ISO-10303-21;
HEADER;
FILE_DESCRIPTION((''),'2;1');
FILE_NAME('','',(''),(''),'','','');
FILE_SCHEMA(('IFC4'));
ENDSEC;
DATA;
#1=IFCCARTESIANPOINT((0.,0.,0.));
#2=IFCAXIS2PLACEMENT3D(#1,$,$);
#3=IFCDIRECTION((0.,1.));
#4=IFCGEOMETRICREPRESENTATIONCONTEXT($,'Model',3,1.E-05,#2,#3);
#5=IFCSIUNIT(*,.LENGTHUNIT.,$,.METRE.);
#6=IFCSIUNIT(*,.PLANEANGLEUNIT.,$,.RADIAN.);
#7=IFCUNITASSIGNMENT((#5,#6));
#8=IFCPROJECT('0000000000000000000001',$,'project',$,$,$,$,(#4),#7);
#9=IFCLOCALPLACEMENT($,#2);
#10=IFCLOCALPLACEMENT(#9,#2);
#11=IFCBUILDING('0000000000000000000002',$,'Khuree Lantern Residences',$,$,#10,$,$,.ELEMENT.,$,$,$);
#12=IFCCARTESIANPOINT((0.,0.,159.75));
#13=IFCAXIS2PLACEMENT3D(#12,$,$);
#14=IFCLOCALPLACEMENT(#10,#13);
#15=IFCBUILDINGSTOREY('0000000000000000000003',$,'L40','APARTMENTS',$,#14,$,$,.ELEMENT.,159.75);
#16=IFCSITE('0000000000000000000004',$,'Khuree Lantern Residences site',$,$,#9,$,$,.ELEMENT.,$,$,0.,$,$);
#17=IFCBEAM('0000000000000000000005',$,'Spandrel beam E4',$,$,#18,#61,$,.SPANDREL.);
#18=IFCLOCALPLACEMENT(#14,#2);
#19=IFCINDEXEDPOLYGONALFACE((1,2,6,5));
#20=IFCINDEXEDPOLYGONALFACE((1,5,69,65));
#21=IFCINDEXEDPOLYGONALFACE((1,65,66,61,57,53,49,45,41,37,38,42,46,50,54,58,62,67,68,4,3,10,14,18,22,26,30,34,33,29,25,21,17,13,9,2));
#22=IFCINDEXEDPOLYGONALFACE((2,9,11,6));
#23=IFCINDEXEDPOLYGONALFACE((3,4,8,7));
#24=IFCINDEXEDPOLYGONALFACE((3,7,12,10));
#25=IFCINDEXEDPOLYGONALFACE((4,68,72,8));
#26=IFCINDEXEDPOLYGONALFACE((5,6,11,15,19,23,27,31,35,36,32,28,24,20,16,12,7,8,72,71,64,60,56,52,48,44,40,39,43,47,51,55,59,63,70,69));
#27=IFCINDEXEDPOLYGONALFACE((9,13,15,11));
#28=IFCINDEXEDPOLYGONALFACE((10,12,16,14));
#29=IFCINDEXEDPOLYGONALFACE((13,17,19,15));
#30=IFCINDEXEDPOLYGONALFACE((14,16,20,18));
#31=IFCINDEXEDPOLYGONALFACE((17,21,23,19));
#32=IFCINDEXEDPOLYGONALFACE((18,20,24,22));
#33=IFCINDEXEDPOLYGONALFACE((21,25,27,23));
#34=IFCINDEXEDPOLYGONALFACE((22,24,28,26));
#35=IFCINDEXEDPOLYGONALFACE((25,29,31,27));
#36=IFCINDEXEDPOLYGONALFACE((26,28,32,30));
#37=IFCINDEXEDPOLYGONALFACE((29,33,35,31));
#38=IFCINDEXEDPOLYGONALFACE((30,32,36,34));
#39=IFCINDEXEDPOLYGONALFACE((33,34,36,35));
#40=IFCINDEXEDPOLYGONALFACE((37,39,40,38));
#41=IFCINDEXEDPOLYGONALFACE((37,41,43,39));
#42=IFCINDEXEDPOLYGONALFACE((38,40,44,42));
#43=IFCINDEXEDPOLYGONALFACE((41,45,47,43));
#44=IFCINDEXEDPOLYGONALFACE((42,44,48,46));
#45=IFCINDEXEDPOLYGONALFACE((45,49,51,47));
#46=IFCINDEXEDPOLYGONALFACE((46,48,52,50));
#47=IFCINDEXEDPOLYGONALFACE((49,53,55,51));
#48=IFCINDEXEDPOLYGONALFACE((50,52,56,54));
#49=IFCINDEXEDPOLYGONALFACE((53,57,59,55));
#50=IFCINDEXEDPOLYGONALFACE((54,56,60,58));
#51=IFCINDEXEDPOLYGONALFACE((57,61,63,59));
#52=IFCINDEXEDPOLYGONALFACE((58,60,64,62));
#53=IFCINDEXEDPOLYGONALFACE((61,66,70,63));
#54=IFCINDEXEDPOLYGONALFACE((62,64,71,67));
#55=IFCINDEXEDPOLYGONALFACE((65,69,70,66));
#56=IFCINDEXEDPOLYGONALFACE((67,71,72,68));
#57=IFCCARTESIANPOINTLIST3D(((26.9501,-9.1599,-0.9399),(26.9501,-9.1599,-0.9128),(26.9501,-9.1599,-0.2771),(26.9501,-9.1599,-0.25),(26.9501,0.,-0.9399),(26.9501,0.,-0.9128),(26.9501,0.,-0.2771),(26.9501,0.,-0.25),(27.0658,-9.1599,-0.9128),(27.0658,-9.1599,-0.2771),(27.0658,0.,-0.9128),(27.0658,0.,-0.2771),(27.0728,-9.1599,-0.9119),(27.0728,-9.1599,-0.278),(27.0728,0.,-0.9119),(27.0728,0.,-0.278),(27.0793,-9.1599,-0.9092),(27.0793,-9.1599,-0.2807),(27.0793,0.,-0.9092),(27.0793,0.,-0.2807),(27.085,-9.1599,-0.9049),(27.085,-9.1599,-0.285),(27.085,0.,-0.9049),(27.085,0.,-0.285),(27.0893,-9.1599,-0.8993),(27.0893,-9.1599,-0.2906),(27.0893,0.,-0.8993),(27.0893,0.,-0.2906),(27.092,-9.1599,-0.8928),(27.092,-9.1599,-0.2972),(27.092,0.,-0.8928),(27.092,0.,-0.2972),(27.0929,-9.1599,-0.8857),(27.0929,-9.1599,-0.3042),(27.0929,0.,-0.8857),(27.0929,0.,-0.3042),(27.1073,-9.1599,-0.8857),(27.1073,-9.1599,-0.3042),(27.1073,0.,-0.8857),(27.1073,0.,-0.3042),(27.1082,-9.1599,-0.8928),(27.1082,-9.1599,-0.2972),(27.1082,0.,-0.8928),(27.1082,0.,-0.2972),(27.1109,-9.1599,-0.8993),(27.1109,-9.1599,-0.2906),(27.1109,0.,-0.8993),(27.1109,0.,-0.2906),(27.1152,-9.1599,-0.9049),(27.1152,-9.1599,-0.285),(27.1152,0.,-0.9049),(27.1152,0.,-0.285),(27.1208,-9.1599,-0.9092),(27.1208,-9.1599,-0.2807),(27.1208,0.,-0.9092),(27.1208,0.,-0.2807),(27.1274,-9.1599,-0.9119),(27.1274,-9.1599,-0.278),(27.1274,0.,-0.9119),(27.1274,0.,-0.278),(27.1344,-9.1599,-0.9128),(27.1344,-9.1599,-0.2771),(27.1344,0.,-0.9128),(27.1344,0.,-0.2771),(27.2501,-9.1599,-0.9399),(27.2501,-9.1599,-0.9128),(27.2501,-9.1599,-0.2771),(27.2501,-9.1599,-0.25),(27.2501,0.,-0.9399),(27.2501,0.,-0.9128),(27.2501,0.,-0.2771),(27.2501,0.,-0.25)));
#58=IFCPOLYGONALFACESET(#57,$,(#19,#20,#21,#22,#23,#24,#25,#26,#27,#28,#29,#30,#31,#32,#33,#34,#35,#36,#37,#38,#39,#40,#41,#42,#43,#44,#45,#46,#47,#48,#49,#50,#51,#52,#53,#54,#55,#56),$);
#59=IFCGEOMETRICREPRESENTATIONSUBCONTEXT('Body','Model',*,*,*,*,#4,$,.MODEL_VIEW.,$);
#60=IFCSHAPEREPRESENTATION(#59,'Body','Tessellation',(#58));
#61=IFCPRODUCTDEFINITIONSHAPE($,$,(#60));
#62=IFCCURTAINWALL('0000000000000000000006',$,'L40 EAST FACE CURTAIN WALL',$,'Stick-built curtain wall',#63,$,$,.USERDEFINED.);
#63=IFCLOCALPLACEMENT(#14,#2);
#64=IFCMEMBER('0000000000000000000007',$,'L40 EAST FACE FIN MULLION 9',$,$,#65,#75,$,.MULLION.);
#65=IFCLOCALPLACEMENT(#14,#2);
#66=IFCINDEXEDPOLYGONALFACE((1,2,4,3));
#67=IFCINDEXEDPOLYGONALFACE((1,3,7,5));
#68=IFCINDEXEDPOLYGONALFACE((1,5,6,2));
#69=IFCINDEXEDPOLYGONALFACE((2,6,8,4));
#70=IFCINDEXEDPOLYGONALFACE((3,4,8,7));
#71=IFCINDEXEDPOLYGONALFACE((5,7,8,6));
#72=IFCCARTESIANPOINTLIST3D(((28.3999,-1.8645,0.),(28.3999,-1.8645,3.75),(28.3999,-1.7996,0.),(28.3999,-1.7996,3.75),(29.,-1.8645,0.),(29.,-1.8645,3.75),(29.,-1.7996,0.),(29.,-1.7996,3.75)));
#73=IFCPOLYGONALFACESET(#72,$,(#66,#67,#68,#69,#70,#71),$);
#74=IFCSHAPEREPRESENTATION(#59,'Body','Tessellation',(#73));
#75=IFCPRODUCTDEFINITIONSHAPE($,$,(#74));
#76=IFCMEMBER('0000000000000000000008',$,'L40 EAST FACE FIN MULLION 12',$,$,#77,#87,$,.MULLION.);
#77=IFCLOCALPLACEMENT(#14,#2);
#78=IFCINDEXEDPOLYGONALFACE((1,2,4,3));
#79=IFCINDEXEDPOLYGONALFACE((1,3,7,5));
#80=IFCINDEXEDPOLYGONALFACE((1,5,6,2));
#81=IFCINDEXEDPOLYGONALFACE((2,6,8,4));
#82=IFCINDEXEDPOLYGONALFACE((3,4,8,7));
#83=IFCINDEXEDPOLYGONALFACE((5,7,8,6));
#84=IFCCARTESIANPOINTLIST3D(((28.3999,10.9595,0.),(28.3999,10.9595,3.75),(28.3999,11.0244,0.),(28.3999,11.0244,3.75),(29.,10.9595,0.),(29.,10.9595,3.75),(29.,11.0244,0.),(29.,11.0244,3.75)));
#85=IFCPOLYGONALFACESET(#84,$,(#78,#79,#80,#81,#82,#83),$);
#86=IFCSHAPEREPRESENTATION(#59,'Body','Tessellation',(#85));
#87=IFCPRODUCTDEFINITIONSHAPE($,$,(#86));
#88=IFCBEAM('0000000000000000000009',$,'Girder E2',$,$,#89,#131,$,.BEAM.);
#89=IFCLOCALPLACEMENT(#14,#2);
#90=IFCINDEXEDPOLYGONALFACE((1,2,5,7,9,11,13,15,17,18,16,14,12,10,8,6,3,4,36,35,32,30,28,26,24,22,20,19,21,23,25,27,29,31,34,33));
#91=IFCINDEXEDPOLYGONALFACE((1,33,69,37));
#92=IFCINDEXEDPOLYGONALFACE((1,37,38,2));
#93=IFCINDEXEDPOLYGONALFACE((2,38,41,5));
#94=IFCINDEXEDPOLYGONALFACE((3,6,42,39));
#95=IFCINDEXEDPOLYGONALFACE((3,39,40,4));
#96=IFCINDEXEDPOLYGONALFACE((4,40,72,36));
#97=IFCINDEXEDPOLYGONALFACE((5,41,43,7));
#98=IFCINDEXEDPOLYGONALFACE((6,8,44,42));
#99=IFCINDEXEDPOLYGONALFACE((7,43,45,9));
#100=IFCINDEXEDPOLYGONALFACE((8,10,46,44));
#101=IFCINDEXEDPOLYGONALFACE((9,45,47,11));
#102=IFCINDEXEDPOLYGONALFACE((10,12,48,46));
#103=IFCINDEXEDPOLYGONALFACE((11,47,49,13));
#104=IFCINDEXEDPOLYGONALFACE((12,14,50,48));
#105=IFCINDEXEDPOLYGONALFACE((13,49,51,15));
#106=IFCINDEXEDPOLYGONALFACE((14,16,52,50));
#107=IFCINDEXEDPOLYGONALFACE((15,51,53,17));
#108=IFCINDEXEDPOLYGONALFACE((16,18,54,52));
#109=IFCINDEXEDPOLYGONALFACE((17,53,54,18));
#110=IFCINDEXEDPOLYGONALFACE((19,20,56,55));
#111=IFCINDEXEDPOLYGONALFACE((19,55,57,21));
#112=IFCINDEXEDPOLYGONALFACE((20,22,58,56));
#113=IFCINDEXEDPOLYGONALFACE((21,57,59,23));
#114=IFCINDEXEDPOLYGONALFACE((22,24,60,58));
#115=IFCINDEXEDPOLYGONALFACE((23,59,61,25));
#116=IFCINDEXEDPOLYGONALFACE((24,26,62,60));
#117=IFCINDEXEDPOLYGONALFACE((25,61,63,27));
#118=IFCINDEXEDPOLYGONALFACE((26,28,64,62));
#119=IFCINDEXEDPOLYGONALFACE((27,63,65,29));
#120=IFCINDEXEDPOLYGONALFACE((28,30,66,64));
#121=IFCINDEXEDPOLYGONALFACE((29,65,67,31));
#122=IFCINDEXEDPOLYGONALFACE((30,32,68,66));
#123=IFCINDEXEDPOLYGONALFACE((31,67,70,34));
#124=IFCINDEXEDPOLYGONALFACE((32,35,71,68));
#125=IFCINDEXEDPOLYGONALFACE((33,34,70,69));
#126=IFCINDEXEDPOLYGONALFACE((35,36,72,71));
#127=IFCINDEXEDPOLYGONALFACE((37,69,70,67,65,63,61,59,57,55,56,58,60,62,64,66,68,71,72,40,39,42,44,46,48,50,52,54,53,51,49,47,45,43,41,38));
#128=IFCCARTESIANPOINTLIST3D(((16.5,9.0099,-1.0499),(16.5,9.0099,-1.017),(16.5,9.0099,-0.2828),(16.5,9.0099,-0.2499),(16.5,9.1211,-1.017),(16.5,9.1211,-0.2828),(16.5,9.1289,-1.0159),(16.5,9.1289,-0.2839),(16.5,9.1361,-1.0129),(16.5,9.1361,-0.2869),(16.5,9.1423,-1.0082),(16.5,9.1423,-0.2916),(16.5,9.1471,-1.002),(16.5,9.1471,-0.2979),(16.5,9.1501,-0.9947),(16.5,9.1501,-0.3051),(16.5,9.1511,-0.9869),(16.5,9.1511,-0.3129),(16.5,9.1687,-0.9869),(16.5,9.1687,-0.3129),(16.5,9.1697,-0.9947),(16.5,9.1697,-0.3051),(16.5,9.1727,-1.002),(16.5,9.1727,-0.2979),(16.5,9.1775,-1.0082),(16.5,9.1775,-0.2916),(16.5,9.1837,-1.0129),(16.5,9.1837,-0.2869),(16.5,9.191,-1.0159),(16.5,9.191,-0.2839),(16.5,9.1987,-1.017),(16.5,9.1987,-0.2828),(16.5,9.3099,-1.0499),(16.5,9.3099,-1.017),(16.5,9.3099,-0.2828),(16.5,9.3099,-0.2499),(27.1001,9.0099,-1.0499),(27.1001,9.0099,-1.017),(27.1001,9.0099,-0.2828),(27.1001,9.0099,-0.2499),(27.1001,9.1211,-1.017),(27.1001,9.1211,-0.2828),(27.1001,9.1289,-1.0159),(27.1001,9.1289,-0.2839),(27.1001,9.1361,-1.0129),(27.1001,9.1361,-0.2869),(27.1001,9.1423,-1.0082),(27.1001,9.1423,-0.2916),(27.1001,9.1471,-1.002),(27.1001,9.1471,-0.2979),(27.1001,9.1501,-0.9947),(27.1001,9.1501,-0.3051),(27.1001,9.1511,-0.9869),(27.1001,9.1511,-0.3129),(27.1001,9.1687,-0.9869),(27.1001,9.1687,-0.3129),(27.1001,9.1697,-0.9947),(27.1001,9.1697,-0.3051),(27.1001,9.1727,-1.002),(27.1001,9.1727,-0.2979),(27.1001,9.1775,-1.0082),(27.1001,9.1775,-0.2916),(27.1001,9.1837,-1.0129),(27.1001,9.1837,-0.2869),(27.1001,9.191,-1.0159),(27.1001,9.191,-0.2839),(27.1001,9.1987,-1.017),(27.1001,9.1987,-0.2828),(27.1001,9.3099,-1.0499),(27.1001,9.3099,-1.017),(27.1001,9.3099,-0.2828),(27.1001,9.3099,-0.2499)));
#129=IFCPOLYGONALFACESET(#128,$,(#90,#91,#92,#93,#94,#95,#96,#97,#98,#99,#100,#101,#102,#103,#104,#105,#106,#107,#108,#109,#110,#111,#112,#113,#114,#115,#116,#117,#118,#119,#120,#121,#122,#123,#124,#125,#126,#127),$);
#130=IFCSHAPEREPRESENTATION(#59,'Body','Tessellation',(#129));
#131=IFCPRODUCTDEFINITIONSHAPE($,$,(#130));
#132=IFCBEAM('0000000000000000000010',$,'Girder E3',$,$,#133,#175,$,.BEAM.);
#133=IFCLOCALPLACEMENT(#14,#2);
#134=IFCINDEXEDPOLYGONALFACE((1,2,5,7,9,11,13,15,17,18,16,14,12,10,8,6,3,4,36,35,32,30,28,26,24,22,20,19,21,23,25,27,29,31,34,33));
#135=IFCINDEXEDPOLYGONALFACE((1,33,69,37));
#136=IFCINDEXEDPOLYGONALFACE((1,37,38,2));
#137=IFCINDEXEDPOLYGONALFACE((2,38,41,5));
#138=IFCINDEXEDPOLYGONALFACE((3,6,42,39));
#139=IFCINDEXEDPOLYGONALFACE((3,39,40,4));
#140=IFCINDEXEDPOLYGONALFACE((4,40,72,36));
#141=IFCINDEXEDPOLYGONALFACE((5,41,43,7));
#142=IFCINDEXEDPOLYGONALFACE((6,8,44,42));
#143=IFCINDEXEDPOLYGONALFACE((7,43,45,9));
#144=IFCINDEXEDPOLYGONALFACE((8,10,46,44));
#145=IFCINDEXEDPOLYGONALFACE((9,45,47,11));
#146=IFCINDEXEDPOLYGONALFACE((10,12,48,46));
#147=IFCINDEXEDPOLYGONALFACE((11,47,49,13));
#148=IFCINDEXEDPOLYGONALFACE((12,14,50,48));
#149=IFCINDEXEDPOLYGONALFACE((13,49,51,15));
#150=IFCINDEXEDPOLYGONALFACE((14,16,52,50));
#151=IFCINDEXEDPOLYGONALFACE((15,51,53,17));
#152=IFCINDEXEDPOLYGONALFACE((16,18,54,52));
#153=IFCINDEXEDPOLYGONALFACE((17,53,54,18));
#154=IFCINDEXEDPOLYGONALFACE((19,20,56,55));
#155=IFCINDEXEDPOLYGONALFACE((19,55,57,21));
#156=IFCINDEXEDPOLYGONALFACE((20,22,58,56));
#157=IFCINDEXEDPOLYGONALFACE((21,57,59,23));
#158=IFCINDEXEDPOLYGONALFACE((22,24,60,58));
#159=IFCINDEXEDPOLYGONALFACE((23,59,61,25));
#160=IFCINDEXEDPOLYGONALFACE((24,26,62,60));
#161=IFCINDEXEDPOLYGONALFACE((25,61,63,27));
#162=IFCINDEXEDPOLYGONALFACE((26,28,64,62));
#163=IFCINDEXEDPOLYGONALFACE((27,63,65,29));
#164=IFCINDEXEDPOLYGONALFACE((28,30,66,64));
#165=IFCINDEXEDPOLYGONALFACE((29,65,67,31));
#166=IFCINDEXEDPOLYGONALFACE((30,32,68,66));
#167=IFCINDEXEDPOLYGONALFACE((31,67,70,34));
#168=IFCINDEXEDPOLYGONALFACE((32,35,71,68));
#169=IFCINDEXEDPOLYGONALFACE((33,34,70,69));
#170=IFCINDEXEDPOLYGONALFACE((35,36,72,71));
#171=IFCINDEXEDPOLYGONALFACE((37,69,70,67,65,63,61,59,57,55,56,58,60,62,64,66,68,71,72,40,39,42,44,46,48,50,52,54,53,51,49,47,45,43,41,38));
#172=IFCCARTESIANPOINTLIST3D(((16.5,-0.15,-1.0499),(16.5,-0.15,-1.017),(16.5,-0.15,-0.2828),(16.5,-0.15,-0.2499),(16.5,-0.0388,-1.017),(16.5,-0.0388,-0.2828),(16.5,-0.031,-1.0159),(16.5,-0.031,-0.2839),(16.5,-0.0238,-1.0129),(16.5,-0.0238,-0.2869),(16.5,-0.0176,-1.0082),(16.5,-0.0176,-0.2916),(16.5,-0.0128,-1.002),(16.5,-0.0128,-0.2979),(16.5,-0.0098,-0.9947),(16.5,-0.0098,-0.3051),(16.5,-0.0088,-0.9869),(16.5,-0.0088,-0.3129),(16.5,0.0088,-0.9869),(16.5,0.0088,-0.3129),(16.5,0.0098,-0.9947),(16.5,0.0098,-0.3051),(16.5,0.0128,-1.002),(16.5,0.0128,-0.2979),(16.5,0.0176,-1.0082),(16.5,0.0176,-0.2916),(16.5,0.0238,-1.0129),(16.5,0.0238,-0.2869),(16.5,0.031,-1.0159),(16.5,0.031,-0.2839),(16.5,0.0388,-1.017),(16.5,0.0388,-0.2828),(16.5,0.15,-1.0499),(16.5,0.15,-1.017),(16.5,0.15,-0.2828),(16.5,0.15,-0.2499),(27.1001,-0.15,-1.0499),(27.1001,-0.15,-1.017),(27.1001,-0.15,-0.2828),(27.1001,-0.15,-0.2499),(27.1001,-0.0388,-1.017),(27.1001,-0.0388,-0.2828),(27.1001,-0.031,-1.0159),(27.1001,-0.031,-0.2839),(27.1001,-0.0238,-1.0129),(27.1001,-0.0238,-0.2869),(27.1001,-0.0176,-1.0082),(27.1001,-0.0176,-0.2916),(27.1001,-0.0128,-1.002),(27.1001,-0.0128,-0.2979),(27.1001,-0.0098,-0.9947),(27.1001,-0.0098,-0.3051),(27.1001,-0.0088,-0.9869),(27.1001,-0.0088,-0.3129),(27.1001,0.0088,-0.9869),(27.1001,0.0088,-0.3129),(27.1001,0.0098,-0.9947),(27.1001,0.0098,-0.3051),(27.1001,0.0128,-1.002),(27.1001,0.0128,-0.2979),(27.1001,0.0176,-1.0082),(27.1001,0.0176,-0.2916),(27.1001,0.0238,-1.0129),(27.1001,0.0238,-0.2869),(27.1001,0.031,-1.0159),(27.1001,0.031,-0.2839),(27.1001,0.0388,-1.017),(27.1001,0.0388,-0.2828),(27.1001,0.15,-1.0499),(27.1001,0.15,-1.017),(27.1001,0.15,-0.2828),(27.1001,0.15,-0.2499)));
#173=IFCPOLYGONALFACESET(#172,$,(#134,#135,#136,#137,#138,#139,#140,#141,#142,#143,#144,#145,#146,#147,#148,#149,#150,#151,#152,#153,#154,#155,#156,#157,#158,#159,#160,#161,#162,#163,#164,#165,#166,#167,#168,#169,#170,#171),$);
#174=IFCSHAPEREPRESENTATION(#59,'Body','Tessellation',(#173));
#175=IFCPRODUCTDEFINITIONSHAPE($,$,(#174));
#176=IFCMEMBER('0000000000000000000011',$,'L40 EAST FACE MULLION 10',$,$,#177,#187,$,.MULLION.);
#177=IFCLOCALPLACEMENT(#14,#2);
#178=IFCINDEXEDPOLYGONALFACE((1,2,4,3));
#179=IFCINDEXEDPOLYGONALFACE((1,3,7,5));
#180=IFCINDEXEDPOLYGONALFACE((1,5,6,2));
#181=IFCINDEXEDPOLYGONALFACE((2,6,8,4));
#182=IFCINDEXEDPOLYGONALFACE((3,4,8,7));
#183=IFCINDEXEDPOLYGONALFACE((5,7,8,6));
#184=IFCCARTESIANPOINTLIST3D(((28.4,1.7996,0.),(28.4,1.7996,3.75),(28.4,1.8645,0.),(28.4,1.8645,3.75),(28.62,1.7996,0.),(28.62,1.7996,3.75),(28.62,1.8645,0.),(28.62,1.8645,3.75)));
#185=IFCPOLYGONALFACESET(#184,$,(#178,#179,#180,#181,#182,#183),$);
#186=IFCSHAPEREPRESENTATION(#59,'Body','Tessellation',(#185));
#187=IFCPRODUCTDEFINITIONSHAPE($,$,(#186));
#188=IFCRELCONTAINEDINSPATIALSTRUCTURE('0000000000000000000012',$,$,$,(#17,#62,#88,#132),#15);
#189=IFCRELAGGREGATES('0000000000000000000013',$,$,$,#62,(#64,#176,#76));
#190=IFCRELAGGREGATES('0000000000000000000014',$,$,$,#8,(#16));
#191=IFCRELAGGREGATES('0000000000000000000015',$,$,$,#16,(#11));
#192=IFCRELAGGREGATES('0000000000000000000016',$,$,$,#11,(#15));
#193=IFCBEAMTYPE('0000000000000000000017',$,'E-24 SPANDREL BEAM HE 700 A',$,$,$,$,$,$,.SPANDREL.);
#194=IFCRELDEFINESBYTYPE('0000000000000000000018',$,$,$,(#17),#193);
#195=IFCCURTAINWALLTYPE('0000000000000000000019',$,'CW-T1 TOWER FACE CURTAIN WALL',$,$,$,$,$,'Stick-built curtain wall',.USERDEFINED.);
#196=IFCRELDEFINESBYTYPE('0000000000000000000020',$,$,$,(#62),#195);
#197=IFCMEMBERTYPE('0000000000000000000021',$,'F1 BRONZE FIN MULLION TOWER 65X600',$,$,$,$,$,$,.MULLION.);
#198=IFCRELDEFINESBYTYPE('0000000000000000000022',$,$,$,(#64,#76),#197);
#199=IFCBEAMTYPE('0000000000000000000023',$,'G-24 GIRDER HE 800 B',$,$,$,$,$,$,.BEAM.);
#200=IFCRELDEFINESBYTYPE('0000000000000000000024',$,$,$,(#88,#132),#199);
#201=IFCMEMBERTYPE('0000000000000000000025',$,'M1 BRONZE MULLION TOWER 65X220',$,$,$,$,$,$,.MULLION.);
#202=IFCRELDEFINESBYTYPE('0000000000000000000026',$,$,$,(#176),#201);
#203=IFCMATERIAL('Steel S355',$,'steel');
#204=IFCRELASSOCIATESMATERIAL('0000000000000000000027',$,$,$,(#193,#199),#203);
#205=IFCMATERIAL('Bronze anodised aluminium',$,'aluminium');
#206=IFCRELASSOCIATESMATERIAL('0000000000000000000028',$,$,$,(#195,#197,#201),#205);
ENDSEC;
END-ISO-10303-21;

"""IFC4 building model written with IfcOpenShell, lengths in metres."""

from ifc_helpers import new_model, si_unit, direction, frame, origin, origin_2d, place, context, subcontext, project, spatial, rectangle, i_section, extrude, material, material_profile, profile_set, type_object, element, aggregate, save


model = new_model("IFC4")

# Units and contexts
model_context = context("Model", 3, precision=1e-05, world=origin(), true_north=direction((0.0, 1.0)))
body_context = subcontext(model_context, "Body", "Model", "MODEL_VIEW")
ifc_project = project(units=[si_unit("LENGTHUNIT", "METRE"), si_unit("PLANEANGLEUNIT", "RADIAN")], contexts=[model_context])

# Site, building, storey
site_placement = place(None, origin())
site = spatial("IfcSite", under=ifc_project, at=site_placement, Name="Khuree Lantern Residences site", CompositionType="ELEMENT", RefElevation=0.0)
building_placement = place(site_placement, origin())
building = spatial("IfcBuilding", under=site, at=building_placement, Name="Khuree Lantern Residences", CompositionType="ELEMENT")
storey_placement = place(building_placement, frame((0.0, 0.0, 159.75)))
storey = spatial("IfcBuildingStorey", under=building, at=storey_placement, Name="L40", Description="APARTMENTS", CompositionType="ELEMENT", Elevation=159.75)

# Beam
ifc_material_1 = material(Name="Steel S355", Category="steel")
ifc_material_profile_1 = material_profile(ifc_material_1, i_section(OverallWidth=0.3, OverallDepth=0.6899, WebThickness=0.0144, FlangeThickness=0.0271, FilletRadius=0.0271, at=origin_2d()), Name="HE 700 A")
ifc_profile_set_1 = profile_set([ifc_material_profile_1], Name="Steel S355")
beam_type_1 = type_object("IfcBeamType", Name="E-24 SPANDREL BEAM HE 700 A", PredefinedType="SPANDREL", material=ifc_profile_set_1)
for number, where, z_axis, x_axis, name in (
    (1, (27.1001, 0.0, -0.595), (0.0, -1.0, 0.0), (1.0, 0.0, 0.0), "Spandrel beam E4"),
):
    element("IfcBeam", number, at=place(storey_placement, frame(where, z_axis=z_axis, x_axis=x_axis)), inside=storey, type_object=beam_type_1, Name=name, PredefinedType="SPANDREL", context=body_context, shape_type="SweptSolid", body=[
        extrude(i_section(OverallWidth=0.3, OverallDepth=0.6899, WebThickness=0.0144, FlangeThickness=0.0271, FilletRadius=0.0271, at=origin_2d()), origin(), (0.0, 0.0, 1.0), 9.1599),
    ])

# Curtain wall, members
ifc_material_2 = material(Name="Bronze anodised aluminium", Category="aluminium")
curtain_wall_type = type_object("IfcCurtainWallType", Name="CW-T1 TOWER FACE CURTAIN WALL", ElementType="Stick-built curtain wall", PredefinedType="USERDEFINED", material=ifc_material_2)
curtain_wall_placement = place(storey_placement, origin())
curtain_wall = element("IfcCurtainWall", 2, at=curtain_wall_placement, inside=storey, type_object=curtain_wall_type, Name="L40 EAST FACE CURTAIN WALL", ObjectType="Stick-built curtain wall", PredefinedType="USERDEFINED")
ifc_material_profile_2 = material_profile(ifc_material_2, rectangle(XDim=0.0649, YDim=0.6001, at=origin_2d()), Name="F1 65X600")
ifc_profile_set_2 = profile_set([ifc_material_profile_2], Name="Bronze anodised aluminium")
member_type_1 = type_object("IfcMemberType", Name="F1 BRONZE FIN MULLION TOWER 65X600", PredefinedType="MULLION", material=ifc_profile_set_2)
member_1_placement = place(storey_placement, frame((28.7, -1.832, 0.0), z_axis=(0.0, 0.0, 1.0), x_axis=(0.0, 1.0, 0.0)))
member_1 = element("IfcMember", 3, at=member_1_placement, type_object=member_type_1, Name="L40 EAST FACE FIN MULLION 9", PredefinedType="MULLION", context=body_context, shape_type="SweptSolid", body=[
    extrude(rectangle(XDim=0.0649, YDim=0.6001, at=origin_2d()), origin(), (0.0, 0.0, 1.0), 3.75),
])
member_2_placement = place(storey_placement, frame((28.7, 10.9919, 0.0), z_axis=(0.0, 0.0, 1.0), x_axis=(0.0, 1.0, 0.0)))
member_2 = element("IfcMember", 4, at=member_2_placement, type_object=member_type_1, Name="L40 EAST FACE FIN MULLION 12", PredefinedType="MULLION", context=body_context, shape_type="SweptSolid", body=[
    extrude(rectangle(XDim=0.0649, YDim=0.6001, at=origin_2d()), origin(), (0.0, 0.0, 1.0), 3.75),
])

# Beams
ifc_material_profile_3 = material_profile(ifc_material_1, i_section(OverallWidth=0.3, OverallDepth=0.8, WebThickness=0.0176, FlangeThickness=0.033, FilletRadius=0.03, at=origin_2d()), Name="HE 800 B")
ifc_profile_set_3 = profile_set([ifc_material_profile_3], Name="Steel S355")
beam_type_2 = type_object("IfcBeamType", Name="G-24 GIRDER HE 800 B", PredefinedType="BEAM", material=ifc_profile_set_3)
for number, where, z_axis, x_axis, name in (
    (5, (27.1001, 9.1599, -0.6499), (-1.0, 0.0, 0.0), (0.0, -1.0, 0.0), "Girder E2"),
    (6, (27.1001, 0.0, -0.6499), (-1.0, 0.0, 0.0), (0.0, -1.0, 0.0), "Girder E3"),
):
    element("IfcBeam", number, at=place(storey_placement, frame(where, z_axis=z_axis, x_axis=x_axis)), inside=storey, type_object=beam_type_2, Name=name, PredefinedType="BEAM", context=body_context, shape_type="SweptSolid", body=[
        extrude(i_section(OverallWidth=0.3, OverallDepth=0.8, WebThickness=0.0176, FlangeThickness=0.033, FilletRadius=0.03, at=origin_2d()), origin(), (0.0, 0.0, 1.0), 10.6001),
    ])

# Member
ifc_material_profile_4 = material_profile(ifc_material_2, rectangle(XDim=0.0649, YDim=0.22, at=origin_2d()), Name="M1 65X220")
ifc_profile_set_4 = profile_set([ifc_material_profile_4], Name="Bronze anodised aluminium")
member_type_2 = type_object("IfcMemberType", Name="M1 BRONZE MULLION TOWER 65X220", PredefinedType="MULLION", material=ifc_profile_set_4)
member_3_placement = place(storey_placement, frame((28.51, 1.832, 0.0), z_axis=(0.0, 0.0, 1.0), x_axis=(0.0, 1.0, 0.0)))
member_3 = element("IfcMember", 7, at=member_3_placement, type_object=member_type_2, Name="L40 EAST FACE MULLION 10", PredefinedType="MULLION", context=body_context, shape_type="SweptSolid", body=[
    extrude(rectangle(XDim=0.0649, YDim=0.22, at=origin_2d()), origin(), (0.0, 0.0, 1.0), 3.75),
])

aggregate(curtain_wall, [member_1, member_3, member_2])

save(model, "model.ifc")
